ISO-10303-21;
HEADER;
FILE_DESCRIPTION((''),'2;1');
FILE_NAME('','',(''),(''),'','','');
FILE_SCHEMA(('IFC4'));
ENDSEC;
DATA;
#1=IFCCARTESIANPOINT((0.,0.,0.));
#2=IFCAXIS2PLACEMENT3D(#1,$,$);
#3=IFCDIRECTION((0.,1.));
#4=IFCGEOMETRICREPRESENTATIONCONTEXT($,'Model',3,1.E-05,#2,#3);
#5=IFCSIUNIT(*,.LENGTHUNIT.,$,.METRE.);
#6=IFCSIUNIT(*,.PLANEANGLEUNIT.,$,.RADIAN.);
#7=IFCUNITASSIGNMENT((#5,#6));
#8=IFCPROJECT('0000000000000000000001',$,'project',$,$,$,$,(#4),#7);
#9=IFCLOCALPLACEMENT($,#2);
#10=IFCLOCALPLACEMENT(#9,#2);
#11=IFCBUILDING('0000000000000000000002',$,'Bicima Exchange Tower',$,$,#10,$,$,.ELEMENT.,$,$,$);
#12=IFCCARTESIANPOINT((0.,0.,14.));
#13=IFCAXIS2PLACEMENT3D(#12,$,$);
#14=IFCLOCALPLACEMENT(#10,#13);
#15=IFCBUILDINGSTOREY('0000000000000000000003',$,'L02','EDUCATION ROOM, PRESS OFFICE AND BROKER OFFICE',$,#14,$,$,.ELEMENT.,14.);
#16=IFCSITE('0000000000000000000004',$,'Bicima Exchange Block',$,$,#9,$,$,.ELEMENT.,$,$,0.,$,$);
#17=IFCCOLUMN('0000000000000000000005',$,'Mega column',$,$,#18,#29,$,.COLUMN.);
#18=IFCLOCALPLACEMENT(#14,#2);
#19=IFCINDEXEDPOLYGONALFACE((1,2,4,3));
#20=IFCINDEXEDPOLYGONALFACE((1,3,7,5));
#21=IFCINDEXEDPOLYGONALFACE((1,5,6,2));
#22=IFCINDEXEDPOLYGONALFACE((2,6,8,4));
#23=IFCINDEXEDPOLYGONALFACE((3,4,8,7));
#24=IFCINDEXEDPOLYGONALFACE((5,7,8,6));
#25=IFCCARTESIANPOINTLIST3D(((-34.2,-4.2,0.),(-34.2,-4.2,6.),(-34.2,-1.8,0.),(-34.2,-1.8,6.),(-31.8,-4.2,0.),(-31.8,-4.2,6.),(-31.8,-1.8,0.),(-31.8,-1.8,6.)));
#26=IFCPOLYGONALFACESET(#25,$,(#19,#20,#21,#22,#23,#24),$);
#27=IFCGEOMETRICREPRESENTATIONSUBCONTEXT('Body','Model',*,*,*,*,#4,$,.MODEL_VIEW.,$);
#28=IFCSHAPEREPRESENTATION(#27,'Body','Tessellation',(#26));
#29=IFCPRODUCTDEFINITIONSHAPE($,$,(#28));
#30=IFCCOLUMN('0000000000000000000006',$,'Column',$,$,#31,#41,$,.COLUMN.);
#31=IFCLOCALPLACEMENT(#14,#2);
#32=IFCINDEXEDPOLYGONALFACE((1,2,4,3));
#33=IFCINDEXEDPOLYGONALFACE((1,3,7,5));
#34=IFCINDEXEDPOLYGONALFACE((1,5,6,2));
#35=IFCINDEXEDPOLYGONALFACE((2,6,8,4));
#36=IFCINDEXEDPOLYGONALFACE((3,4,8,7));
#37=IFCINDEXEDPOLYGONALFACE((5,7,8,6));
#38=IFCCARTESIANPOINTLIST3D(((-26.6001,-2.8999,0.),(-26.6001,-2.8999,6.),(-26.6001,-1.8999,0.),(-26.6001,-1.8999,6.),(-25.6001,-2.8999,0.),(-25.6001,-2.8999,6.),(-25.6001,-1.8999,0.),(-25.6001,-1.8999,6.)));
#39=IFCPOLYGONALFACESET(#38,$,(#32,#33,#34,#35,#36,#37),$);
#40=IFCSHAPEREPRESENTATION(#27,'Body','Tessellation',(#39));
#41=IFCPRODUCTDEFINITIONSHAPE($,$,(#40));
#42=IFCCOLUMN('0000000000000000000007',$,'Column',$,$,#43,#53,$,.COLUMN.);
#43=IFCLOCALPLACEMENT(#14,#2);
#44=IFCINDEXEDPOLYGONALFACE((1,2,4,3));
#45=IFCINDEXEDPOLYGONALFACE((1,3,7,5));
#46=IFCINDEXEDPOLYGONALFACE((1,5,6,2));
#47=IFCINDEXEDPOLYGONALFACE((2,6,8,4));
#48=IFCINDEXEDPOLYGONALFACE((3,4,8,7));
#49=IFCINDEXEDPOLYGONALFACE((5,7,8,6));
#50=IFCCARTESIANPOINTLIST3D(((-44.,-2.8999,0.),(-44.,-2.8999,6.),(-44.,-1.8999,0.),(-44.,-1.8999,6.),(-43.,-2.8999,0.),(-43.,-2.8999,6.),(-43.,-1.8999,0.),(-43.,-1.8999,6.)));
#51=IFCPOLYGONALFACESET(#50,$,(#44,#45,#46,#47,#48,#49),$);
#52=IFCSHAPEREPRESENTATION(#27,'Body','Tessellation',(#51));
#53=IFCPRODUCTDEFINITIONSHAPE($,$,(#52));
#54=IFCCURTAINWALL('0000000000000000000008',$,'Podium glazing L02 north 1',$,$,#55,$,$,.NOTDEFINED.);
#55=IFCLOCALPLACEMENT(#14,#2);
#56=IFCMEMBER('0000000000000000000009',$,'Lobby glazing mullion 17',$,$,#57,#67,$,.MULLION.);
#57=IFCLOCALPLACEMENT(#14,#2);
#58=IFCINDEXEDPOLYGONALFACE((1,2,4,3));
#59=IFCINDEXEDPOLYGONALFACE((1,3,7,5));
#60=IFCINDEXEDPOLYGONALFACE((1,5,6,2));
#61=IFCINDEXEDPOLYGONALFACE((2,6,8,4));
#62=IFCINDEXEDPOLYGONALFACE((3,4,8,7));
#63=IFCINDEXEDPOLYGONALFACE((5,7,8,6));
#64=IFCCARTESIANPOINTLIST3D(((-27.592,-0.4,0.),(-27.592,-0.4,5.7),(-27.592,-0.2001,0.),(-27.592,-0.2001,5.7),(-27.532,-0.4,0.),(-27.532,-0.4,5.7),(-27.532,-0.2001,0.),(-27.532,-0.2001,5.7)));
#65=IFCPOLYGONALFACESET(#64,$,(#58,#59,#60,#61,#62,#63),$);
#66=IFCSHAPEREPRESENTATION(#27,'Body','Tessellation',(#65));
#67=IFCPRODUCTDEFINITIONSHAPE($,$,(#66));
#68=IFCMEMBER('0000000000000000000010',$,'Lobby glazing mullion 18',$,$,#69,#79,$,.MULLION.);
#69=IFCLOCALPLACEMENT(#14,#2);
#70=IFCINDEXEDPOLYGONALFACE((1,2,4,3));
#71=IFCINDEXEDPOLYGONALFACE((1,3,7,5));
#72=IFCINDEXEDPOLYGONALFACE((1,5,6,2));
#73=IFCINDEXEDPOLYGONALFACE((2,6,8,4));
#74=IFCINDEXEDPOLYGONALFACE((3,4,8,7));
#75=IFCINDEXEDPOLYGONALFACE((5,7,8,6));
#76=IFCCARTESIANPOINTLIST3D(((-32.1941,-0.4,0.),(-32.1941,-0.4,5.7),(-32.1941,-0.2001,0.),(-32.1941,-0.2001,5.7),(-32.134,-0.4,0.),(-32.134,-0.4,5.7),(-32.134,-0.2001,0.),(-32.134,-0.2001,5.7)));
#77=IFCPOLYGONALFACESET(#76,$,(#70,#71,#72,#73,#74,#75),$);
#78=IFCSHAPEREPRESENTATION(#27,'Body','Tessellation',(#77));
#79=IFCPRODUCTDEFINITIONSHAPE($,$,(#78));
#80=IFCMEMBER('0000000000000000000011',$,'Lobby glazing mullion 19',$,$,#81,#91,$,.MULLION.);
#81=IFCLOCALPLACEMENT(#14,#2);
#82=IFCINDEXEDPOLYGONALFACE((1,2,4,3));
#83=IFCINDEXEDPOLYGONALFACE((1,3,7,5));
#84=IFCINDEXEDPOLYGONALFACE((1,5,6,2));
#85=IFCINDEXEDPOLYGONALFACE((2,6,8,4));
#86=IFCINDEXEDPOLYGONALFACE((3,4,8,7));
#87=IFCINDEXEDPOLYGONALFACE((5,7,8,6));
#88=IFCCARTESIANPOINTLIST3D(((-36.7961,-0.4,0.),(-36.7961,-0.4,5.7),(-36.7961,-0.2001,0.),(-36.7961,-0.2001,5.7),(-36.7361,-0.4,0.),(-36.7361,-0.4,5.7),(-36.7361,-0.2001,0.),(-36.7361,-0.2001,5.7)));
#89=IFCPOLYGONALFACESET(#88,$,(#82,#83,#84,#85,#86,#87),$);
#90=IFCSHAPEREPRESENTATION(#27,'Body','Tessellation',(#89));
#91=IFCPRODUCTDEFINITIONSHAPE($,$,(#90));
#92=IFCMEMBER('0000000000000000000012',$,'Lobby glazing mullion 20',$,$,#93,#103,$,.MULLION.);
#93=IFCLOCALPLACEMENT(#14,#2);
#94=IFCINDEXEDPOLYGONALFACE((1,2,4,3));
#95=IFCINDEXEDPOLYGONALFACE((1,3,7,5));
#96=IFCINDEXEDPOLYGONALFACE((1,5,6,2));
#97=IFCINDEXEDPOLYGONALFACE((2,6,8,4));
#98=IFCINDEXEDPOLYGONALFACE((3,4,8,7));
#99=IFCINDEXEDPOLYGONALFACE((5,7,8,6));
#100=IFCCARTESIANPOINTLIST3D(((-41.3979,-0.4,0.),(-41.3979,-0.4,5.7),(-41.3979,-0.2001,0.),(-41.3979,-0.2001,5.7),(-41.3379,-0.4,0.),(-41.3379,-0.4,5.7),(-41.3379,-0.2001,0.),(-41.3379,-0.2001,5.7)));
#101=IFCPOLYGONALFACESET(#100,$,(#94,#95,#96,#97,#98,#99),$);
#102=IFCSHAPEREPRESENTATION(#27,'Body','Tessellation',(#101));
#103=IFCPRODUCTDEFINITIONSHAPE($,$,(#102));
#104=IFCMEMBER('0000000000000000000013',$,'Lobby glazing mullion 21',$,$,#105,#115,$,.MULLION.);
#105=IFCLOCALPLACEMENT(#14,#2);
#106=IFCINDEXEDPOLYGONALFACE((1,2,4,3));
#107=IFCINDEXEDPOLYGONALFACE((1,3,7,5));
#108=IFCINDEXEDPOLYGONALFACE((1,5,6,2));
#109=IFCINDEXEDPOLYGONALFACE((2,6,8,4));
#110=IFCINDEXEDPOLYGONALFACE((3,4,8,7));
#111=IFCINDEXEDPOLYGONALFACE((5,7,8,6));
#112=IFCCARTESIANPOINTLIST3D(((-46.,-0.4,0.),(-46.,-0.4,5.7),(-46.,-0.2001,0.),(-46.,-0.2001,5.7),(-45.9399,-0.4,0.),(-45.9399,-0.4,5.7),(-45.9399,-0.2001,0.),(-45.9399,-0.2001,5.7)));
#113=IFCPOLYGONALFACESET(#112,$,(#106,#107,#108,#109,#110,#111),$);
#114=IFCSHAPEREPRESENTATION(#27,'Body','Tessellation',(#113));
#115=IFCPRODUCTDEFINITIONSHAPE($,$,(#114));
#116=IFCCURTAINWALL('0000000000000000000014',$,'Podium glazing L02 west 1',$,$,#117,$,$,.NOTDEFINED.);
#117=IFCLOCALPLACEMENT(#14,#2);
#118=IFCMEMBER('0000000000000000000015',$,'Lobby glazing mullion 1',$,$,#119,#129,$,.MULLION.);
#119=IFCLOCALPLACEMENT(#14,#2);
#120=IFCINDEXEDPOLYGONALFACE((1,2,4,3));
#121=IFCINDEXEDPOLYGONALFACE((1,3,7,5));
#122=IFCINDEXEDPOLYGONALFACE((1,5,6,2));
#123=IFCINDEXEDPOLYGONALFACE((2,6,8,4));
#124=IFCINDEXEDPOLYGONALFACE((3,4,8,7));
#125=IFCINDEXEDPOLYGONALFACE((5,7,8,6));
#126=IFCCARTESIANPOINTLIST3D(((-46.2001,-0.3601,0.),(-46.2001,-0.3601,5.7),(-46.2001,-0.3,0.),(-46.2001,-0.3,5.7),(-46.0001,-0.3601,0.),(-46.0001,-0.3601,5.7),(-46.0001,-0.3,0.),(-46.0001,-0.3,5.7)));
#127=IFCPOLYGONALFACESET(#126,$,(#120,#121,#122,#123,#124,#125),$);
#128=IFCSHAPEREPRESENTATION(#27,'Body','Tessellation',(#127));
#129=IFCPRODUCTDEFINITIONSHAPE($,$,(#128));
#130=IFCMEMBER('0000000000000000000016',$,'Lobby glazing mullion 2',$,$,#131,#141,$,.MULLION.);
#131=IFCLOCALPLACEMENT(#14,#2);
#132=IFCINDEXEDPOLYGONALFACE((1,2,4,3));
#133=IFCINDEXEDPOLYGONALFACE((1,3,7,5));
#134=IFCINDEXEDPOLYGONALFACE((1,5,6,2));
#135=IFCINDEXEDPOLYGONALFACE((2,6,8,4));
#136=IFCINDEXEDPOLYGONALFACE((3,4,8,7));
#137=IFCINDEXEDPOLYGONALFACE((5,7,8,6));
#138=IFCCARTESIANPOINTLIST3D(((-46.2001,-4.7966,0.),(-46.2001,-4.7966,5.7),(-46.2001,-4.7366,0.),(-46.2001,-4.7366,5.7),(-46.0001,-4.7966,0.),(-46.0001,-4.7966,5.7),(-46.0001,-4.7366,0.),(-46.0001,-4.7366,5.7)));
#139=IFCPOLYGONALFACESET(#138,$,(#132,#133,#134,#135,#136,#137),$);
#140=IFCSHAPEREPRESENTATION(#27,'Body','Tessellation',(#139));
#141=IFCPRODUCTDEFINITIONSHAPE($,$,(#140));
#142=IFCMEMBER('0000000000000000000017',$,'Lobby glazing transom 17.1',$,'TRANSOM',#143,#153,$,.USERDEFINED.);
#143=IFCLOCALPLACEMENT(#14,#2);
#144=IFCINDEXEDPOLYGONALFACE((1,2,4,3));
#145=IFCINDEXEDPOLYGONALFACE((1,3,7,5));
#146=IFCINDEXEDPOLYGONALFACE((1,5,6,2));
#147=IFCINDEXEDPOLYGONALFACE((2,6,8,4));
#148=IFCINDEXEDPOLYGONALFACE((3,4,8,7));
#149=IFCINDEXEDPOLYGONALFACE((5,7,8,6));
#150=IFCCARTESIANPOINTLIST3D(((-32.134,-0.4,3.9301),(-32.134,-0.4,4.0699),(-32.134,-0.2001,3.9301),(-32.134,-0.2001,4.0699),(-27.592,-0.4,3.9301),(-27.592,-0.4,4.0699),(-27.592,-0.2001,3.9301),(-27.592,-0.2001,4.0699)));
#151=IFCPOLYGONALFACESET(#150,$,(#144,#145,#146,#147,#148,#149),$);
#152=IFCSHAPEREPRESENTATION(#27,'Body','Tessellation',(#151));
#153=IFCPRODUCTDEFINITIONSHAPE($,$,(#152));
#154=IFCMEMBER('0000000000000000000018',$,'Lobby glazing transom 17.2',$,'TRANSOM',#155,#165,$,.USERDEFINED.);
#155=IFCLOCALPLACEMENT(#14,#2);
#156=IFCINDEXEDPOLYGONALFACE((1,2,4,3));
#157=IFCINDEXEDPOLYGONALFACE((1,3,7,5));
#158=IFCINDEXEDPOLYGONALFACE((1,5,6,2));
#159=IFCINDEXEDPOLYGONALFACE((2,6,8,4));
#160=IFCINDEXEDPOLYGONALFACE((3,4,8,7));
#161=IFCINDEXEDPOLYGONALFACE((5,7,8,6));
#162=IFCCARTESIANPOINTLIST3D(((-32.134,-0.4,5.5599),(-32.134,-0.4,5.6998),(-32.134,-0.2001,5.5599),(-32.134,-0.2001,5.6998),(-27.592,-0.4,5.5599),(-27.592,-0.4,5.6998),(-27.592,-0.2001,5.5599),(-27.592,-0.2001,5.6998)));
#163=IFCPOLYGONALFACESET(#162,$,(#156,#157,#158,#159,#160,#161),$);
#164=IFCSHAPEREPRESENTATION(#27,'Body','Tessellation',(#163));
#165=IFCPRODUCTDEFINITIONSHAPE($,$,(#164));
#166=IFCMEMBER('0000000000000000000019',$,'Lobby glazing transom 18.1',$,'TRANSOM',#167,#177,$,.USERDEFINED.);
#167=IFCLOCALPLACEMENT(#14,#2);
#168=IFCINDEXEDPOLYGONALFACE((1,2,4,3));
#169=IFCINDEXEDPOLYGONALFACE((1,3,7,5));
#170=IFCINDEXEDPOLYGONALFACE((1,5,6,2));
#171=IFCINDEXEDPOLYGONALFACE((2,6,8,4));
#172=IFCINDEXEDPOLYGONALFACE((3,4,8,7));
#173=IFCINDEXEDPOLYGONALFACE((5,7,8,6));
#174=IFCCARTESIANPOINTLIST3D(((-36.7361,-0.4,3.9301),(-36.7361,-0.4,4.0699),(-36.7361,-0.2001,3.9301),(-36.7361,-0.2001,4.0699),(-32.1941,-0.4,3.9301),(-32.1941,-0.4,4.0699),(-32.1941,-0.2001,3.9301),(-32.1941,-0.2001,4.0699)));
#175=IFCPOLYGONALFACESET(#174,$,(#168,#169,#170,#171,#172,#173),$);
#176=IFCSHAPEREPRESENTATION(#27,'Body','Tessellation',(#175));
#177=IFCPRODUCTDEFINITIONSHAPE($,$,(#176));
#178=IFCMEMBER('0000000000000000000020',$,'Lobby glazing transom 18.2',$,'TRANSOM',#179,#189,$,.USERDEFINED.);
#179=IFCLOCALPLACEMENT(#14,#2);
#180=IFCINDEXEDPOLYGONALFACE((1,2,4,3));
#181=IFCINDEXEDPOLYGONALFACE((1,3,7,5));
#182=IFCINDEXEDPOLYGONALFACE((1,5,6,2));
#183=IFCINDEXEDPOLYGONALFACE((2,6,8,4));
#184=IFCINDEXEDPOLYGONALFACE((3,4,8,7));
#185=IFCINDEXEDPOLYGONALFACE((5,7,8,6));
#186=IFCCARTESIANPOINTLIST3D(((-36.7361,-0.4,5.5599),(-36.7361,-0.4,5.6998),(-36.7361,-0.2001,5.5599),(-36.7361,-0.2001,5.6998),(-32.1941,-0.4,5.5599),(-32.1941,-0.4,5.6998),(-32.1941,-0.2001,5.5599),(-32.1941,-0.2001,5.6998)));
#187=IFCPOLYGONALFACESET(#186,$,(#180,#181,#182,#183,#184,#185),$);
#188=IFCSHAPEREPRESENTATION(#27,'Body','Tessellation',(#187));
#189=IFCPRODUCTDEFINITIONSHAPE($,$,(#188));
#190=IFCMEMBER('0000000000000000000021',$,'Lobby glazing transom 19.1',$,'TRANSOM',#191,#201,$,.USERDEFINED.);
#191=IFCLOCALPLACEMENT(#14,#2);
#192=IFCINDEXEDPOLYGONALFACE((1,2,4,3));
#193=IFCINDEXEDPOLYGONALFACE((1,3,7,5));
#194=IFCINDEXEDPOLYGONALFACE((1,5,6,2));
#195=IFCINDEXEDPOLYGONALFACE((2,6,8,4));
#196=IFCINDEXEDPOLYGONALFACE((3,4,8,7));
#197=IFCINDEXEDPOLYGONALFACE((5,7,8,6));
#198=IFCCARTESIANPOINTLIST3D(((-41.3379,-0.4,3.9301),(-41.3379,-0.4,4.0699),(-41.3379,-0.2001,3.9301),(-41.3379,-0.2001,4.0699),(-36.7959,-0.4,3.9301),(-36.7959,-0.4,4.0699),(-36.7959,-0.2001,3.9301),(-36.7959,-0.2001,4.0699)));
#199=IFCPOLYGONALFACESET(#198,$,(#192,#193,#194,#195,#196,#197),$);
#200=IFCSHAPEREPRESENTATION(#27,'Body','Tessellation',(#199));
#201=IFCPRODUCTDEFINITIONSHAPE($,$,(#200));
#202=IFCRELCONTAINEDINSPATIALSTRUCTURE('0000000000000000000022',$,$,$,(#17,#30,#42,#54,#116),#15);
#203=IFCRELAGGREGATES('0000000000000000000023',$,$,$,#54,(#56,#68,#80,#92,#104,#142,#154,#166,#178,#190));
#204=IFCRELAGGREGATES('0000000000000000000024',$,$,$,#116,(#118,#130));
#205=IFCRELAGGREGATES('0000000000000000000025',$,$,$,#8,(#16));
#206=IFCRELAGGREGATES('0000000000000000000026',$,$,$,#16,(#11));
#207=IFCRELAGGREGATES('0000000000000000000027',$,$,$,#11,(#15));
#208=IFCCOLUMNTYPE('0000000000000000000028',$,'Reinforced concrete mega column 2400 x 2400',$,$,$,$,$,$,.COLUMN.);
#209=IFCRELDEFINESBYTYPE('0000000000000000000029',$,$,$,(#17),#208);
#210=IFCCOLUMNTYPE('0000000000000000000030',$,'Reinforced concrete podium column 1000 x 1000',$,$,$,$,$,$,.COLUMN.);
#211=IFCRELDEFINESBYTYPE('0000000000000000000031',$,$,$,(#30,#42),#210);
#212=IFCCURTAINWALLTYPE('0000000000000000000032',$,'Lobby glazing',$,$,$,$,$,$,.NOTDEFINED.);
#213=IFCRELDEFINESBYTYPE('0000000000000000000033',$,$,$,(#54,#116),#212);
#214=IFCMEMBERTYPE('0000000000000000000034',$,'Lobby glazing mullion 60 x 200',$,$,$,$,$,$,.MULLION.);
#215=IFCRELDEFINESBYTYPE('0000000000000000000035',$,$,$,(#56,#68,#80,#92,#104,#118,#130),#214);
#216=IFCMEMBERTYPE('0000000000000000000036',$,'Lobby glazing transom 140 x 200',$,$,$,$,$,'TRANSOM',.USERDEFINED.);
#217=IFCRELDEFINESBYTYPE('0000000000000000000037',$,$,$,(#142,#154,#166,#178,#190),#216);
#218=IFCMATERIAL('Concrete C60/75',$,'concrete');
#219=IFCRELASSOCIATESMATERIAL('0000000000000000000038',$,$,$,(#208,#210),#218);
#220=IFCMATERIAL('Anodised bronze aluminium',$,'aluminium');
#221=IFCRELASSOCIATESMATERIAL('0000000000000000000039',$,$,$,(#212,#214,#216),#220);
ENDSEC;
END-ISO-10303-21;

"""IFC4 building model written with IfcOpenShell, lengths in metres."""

from ifc_helpers import new_model, si_unit, direction, frame, origin, origin_2d, place, context, subcontext, project, spatial, rectangle, extrude, material, material_profile, profile_set, type_object, element, aggregate, save


model = new_model("IFC4")

# Units and contexts
model_context = context("Model", 3, precision=1e-05, world=origin(), true_north=direction((0.0, 1.0)))
body_context = subcontext(model_context, "Body", "Model", "MODEL_VIEW")
ifc_project = project(units=[si_unit("LENGTHUNIT", "METRE"), si_unit("PLANEANGLEUNIT", "RADIAN")], contexts=[model_context])

# Site, building, storey
site_placement = place(None, origin())
site = spatial("IfcSite", under=ifc_project, at=site_placement, Name="Bicima Exchange Block", CompositionType="ELEMENT", RefElevation=0.0)
building_placement = place(site_placement, origin())
building = spatial("IfcBuilding", under=site, at=building_placement, Name="Bicima Exchange Tower", CompositionType="ELEMENT")
storey_placement = place(building_placement, frame((0.0, 0.0, 14.0)))
storey = spatial("IfcBuildingStorey", under=building, at=storey_placement, Name="L02", Description="EDUCATION ROOM, PRESS OFFICE AND BROKER OFFICE", CompositionType="ELEMENT", Elevation=14.0)

# Columns
ifc_material_1 = material(Name="Concrete C60/75", Category="concrete")
ifc_material_profile_1 = material_profile(ifc_material_1, rectangle(XDim=2.3999, YDim=2.3999, at=origin_2d()))
ifc_profile_set_1 = profile_set([ifc_material_profile_1], Name="Concrete C60/75")
column_type_1 = type_object("IfcColumnType", Name="Reinforced concrete mega column 2400 x 2400", PredefinedType="COLUMN", material=ifc_profile_set_1)
column_placement = place(storey_placement, frame((-33.0, -3.0, 0.0), z_axis=(0.0, 0.0, 1.0), x_axis=(1.0, 0.0, 0.0)))
element("IfcColumn", 1, at=column_placement, inside=storey, type_object=column_type_1, Name="Mega column", PredefinedType="COLUMN", context=body_context, shape_type="SweptSolid", body=[
    extrude(rectangle(XDim=2.3999, YDim=2.3999, at=origin_2d()), origin(), (0.0, 0.0, 1.0), 6.0),
])
ifc_material_profile_2 = material_profile(ifc_material_1, rectangle(XDim=1.0, YDim=1.0, at=origin_2d()))
ifc_profile_set_2 = profile_set([ifc_material_profile_2], Name="Concrete C60/75")
column_type_2 = type_object("IfcColumnType", Name="Reinforced concrete podium column 1000 x 1000", PredefinedType="COLUMN", material=ifc_profile_set_2)
for number, where, z_axis, x_axis, name in (
    (2, (-26.1001, -2.3999, 0.0), (0.0, 0.0, 1.0), (1.0, 0.0, 0.0), "Column"),
    (3, (-43.5, -2.3999, 0.0), (0.0, 0.0, 1.0), (1.0, 0.0, 0.0), "Column"),
):
    element("IfcColumn", number, at=place(storey_placement, frame(where, z_axis=z_axis, x_axis=x_axis)), inside=storey, type_object=column_type_2, Name=name, PredefinedType="COLUMN", context=body_context, shape_type="SweptSolid", body=[
        extrude(rectangle(XDim=1.0, YDim=1.0, at=origin_2d()), origin(), (0.0, 0.0, 1.0), 6.0),
    ])

# Curtain walls, members
ifc_material_2 = material(Name="Anodised bronze aluminium", Category="aluminium")
curtain_wall_type = type_object("IfcCurtainWallType", Name="Lobby glazing", PredefinedType="NOTDEFINED", material=ifc_material_2)
curtain_wall_1_placement = place(storey_placement, origin())
curtain_wall_1 = element("IfcCurtainWall", 4, at=curtain_wall_1_placement, inside=storey, type_object=curtain_wall_type, Name="Podium glazing L02 north 1", PredefinedType="NOTDEFINED")
ifc_material_profile_3 = material_profile(ifc_material_2, rectangle(XDim=0.2, YDim=0.0601, at=origin_2d()))
ifc_profile_set_3 = profile_set([ifc_material_profile_3], Name="Anodised bronze aluminium")
member_type_1 = type_object("IfcMemberType", Name="Lobby glazing mullion 60 x 200", PredefinedType="MULLION", material=ifc_profile_set_3)
member_1_placement = place(storey_placement, frame((-27.562, -0.3, 0.0), z_axis=(0.0, 0.0, 1.0), x_axis=(0.0, -1.0, 0.0)))
member_1 = element("IfcMember", 5, at=member_1_placement, type_object=member_type_1, Name="Lobby glazing mullion 17", PredefinedType="MULLION", context=body_context, shape_type="SweptSolid", body=[
    extrude(rectangle(XDim=0.2, YDim=0.0601, at=origin_2d()), origin(), (0.0, 0.0, 1.0), 5.7),
])
member_2_placement = place(storey_placement, frame((-32.1641, -0.3, 0.0), z_axis=(0.0, 0.0, 1.0), x_axis=(0.0, -1.0, 0.0)))
member_2 = element("IfcMember", 6, at=member_2_placement, type_object=member_type_1, Name="Lobby glazing mullion 18", PredefinedType="MULLION", context=body_context, shape_type="SweptSolid", body=[
    extrude(rectangle(XDim=0.2, YDim=0.0601, at=origin_2d()), origin(), (0.0, 0.0, 1.0), 5.7),
])
member_3_placement = place(storey_placement, frame((-36.7661, -0.3, 0.0), z_axis=(0.0, 0.0, 1.0), x_axis=(0.0, -1.0, 0.0)))
member_3 = element("IfcMember", 7, at=member_3_placement, type_object=member_type_1, Name="Lobby glazing mullion 19", PredefinedType="MULLION", context=body_context, shape_type="SweptSolid", body=[
    extrude(rectangle(XDim=0.2, YDim=0.0601, at=origin_2d()), origin(), (0.0, 0.0, 1.0), 5.7),
])
member_4_placement = place(storey_placement, frame((-41.3679, -0.3, 0.0), z_axis=(0.0, 0.0, 1.0), x_axis=(0.0, -1.0, 0.0)))
member_4 = element("IfcMember", 8, at=member_4_placement, type_object=member_type_1, Name="Lobby glazing mullion 20", PredefinedType="MULLION", context=body_context, shape_type="SweptSolid", body=[
    extrude(rectangle(XDim=0.2, YDim=0.0601, at=origin_2d()), origin(), (0.0, 0.0, 1.0), 5.7),
])
member_5_placement = place(storey_placement, frame((-45.97, -0.3, 0.0), z_axis=(0.0, 0.0, 1.0), x_axis=(0.0, -1.0, 0.0)))
member_5 = element("IfcMember", 9, at=member_5_placement, type_object=member_type_1, Name="Lobby glazing mullion 21", PredefinedType="MULLION", context=body_context, shape_type="SweptSolid", body=[
    extrude(rectangle(XDim=0.2, YDim=0.0601, at=origin_2d()), origin(), (0.0, 0.0, 1.0), 5.7),
])
curtain_wall_2_placement = place(storey_placement, origin())
curtain_wall_2 = element("IfcCurtainWall", 10, at=curtain_wall_2_placement, inside=storey, type_object=curtain_wall_type, Name="Podium glazing L02 west 1", PredefinedType="NOTDEFINED")
member_6_placement = place(storey_placement, frame((-46.1001, -0.3301, 0.0), z_axis=(0.0, 0.0, 1.0), x_axis=(1.0, 0.0, 0.0)))
member_6 = element("IfcMember", 11, at=member_6_placement, type_object=member_type_1, Name="Lobby glazing mullion 1", PredefinedType="MULLION", context=body_context, shape_type="SweptSolid", body=[
    extrude(rectangle(XDim=0.2, YDim=0.0601, at=origin_2d()), origin(), (0.0, 0.0, 1.0), 5.7),
])
member_7_placement = place(storey_placement, frame((-46.1001, -4.7666, 0.0), z_axis=(0.0, 0.0, 1.0), x_axis=(1.0, 0.0, 0.0)))
member_7 = element("IfcMember", 12, at=member_7_placement, type_object=member_type_1, Name="Lobby glazing mullion 2", PredefinedType="MULLION", context=body_context, shape_type="SweptSolid", body=[
    extrude(rectangle(XDim=0.2, YDim=0.0601, at=origin_2d()), origin(), (0.0, 0.0, 1.0), 5.7),
])

# Members
ifc_material_profile_4 = material_profile(ifc_material_2, rectangle(XDim=0.2, YDim=0.1399, at=origin_2d()))
ifc_profile_set_4 = profile_set([ifc_material_profile_4], Name="Anodised bronze aluminium")
member_type_2 = type_object("IfcMemberType", Name="Lobby glazing transom 140 x 200", ElementType="TRANSOM", PredefinedType="USERDEFINED", material=ifc_profile_set_4)
member_8_placement = place(storey_placement, frame((-27.592, -0.3, 4.0), z_axis=(-1.0, 0.0, 0.0), x_axis=(0.0, -1.0, 0.0)))
member_8 = element("IfcMember", 13, at=member_8_placement, type_object=member_type_2, Name="Lobby glazing transom 17.1", ObjectType="TRANSOM", PredefinedType="USERDEFINED", context=body_context, shape_type="SweptSolid", body=[
    extrude(rectangle(XDim=0.2, YDim=0.1399, at=origin_2d()), origin(), (0.0, 0.0, 1.0), 4.542),
])
member_9_placement = place(storey_placement, frame((-27.592, -0.3, 5.6299), z_axis=(-1.0, 0.0, 0.0), x_axis=(0.0, -1.0, 0.0)))
member_9 = element("IfcMember", 14, at=member_9_placement, type_object=member_type_2, Name="Lobby glazing transom 17.2", ObjectType="TRANSOM", PredefinedType="USERDEFINED", context=body_context, shape_type="SweptSolid", body=[
    extrude(rectangle(XDim=0.2, YDim=0.1399, at=origin_2d()), origin(), (0.0, 0.0, 1.0), 4.542),
])
member_10_placement = place(storey_placement, frame((-32.1941, -0.3, 4.0), z_axis=(-1.0, 0.0, 0.0), x_axis=(0.0, -1.0, 0.0)))
member_10 = element("IfcMember", 15, at=member_10_placement, type_object=member_type_2, Name="Lobby glazing transom 18.1", ObjectType="TRANSOM", PredefinedType="USERDEFINED", context=body_context, shape_type="SweptSolid", body=[
    extrude(rectangle(XDim=0.2, YDim=0.1399, at=origin_2d()), origin(), (0.0, 0.0, 1.0), 4.542),
])
member_11_placement = place(storey_placement, frame((-32.1941, -0.3, 5.6299), z_axis=(-1.0, 0.0, 0.0), x_axis=(0.0, -1.0, 0.0)))
member_11 = element("IfcMember", 16, at=member_11_placement, type_object=member_type_2, Name="Lobby glazing transom 18.2", ObjectType="TRANSOM", PredefinedType="USERDEFINED", context=body_context, shape_type="SweptSolid", body=[
    extrude(rectangle(XDim=0.2, YDim=0.1399, at=origin_2d()), origin(), (0.0, 0.0, 1.0), 4.542),
])
member_12_placement = place(storey_placement, frame((-36.7959, -0.3, 4.0), z_axis=(-1.0, 0.0, 0.0), x_axis=(0.0, -1.0, 0.0)))
member_12 = element("IfcMember", 17, at=member_12_placement, type_object=member_type_2, Name="Lobby glazing transom 19.1", ObjectType="TRANSOM", PredefinedType="USERDEFINED", context=body_context, shape_type="SweptSolid", body=[
    extrude(rectangle(XDim=0.2, YDim=0.1399, at=origin_2d()), origin(), (0.0, 0.0, 1.0), 4.542),
])

aggregate(curtain_wall_1, [member_1, member_2, member_3, member_4, member_5, member_8, member_9, member_10, member_11, member_12])
aggregate(curtain_wall_2, [member_6, member_7])

save(model, "model.ifc")
